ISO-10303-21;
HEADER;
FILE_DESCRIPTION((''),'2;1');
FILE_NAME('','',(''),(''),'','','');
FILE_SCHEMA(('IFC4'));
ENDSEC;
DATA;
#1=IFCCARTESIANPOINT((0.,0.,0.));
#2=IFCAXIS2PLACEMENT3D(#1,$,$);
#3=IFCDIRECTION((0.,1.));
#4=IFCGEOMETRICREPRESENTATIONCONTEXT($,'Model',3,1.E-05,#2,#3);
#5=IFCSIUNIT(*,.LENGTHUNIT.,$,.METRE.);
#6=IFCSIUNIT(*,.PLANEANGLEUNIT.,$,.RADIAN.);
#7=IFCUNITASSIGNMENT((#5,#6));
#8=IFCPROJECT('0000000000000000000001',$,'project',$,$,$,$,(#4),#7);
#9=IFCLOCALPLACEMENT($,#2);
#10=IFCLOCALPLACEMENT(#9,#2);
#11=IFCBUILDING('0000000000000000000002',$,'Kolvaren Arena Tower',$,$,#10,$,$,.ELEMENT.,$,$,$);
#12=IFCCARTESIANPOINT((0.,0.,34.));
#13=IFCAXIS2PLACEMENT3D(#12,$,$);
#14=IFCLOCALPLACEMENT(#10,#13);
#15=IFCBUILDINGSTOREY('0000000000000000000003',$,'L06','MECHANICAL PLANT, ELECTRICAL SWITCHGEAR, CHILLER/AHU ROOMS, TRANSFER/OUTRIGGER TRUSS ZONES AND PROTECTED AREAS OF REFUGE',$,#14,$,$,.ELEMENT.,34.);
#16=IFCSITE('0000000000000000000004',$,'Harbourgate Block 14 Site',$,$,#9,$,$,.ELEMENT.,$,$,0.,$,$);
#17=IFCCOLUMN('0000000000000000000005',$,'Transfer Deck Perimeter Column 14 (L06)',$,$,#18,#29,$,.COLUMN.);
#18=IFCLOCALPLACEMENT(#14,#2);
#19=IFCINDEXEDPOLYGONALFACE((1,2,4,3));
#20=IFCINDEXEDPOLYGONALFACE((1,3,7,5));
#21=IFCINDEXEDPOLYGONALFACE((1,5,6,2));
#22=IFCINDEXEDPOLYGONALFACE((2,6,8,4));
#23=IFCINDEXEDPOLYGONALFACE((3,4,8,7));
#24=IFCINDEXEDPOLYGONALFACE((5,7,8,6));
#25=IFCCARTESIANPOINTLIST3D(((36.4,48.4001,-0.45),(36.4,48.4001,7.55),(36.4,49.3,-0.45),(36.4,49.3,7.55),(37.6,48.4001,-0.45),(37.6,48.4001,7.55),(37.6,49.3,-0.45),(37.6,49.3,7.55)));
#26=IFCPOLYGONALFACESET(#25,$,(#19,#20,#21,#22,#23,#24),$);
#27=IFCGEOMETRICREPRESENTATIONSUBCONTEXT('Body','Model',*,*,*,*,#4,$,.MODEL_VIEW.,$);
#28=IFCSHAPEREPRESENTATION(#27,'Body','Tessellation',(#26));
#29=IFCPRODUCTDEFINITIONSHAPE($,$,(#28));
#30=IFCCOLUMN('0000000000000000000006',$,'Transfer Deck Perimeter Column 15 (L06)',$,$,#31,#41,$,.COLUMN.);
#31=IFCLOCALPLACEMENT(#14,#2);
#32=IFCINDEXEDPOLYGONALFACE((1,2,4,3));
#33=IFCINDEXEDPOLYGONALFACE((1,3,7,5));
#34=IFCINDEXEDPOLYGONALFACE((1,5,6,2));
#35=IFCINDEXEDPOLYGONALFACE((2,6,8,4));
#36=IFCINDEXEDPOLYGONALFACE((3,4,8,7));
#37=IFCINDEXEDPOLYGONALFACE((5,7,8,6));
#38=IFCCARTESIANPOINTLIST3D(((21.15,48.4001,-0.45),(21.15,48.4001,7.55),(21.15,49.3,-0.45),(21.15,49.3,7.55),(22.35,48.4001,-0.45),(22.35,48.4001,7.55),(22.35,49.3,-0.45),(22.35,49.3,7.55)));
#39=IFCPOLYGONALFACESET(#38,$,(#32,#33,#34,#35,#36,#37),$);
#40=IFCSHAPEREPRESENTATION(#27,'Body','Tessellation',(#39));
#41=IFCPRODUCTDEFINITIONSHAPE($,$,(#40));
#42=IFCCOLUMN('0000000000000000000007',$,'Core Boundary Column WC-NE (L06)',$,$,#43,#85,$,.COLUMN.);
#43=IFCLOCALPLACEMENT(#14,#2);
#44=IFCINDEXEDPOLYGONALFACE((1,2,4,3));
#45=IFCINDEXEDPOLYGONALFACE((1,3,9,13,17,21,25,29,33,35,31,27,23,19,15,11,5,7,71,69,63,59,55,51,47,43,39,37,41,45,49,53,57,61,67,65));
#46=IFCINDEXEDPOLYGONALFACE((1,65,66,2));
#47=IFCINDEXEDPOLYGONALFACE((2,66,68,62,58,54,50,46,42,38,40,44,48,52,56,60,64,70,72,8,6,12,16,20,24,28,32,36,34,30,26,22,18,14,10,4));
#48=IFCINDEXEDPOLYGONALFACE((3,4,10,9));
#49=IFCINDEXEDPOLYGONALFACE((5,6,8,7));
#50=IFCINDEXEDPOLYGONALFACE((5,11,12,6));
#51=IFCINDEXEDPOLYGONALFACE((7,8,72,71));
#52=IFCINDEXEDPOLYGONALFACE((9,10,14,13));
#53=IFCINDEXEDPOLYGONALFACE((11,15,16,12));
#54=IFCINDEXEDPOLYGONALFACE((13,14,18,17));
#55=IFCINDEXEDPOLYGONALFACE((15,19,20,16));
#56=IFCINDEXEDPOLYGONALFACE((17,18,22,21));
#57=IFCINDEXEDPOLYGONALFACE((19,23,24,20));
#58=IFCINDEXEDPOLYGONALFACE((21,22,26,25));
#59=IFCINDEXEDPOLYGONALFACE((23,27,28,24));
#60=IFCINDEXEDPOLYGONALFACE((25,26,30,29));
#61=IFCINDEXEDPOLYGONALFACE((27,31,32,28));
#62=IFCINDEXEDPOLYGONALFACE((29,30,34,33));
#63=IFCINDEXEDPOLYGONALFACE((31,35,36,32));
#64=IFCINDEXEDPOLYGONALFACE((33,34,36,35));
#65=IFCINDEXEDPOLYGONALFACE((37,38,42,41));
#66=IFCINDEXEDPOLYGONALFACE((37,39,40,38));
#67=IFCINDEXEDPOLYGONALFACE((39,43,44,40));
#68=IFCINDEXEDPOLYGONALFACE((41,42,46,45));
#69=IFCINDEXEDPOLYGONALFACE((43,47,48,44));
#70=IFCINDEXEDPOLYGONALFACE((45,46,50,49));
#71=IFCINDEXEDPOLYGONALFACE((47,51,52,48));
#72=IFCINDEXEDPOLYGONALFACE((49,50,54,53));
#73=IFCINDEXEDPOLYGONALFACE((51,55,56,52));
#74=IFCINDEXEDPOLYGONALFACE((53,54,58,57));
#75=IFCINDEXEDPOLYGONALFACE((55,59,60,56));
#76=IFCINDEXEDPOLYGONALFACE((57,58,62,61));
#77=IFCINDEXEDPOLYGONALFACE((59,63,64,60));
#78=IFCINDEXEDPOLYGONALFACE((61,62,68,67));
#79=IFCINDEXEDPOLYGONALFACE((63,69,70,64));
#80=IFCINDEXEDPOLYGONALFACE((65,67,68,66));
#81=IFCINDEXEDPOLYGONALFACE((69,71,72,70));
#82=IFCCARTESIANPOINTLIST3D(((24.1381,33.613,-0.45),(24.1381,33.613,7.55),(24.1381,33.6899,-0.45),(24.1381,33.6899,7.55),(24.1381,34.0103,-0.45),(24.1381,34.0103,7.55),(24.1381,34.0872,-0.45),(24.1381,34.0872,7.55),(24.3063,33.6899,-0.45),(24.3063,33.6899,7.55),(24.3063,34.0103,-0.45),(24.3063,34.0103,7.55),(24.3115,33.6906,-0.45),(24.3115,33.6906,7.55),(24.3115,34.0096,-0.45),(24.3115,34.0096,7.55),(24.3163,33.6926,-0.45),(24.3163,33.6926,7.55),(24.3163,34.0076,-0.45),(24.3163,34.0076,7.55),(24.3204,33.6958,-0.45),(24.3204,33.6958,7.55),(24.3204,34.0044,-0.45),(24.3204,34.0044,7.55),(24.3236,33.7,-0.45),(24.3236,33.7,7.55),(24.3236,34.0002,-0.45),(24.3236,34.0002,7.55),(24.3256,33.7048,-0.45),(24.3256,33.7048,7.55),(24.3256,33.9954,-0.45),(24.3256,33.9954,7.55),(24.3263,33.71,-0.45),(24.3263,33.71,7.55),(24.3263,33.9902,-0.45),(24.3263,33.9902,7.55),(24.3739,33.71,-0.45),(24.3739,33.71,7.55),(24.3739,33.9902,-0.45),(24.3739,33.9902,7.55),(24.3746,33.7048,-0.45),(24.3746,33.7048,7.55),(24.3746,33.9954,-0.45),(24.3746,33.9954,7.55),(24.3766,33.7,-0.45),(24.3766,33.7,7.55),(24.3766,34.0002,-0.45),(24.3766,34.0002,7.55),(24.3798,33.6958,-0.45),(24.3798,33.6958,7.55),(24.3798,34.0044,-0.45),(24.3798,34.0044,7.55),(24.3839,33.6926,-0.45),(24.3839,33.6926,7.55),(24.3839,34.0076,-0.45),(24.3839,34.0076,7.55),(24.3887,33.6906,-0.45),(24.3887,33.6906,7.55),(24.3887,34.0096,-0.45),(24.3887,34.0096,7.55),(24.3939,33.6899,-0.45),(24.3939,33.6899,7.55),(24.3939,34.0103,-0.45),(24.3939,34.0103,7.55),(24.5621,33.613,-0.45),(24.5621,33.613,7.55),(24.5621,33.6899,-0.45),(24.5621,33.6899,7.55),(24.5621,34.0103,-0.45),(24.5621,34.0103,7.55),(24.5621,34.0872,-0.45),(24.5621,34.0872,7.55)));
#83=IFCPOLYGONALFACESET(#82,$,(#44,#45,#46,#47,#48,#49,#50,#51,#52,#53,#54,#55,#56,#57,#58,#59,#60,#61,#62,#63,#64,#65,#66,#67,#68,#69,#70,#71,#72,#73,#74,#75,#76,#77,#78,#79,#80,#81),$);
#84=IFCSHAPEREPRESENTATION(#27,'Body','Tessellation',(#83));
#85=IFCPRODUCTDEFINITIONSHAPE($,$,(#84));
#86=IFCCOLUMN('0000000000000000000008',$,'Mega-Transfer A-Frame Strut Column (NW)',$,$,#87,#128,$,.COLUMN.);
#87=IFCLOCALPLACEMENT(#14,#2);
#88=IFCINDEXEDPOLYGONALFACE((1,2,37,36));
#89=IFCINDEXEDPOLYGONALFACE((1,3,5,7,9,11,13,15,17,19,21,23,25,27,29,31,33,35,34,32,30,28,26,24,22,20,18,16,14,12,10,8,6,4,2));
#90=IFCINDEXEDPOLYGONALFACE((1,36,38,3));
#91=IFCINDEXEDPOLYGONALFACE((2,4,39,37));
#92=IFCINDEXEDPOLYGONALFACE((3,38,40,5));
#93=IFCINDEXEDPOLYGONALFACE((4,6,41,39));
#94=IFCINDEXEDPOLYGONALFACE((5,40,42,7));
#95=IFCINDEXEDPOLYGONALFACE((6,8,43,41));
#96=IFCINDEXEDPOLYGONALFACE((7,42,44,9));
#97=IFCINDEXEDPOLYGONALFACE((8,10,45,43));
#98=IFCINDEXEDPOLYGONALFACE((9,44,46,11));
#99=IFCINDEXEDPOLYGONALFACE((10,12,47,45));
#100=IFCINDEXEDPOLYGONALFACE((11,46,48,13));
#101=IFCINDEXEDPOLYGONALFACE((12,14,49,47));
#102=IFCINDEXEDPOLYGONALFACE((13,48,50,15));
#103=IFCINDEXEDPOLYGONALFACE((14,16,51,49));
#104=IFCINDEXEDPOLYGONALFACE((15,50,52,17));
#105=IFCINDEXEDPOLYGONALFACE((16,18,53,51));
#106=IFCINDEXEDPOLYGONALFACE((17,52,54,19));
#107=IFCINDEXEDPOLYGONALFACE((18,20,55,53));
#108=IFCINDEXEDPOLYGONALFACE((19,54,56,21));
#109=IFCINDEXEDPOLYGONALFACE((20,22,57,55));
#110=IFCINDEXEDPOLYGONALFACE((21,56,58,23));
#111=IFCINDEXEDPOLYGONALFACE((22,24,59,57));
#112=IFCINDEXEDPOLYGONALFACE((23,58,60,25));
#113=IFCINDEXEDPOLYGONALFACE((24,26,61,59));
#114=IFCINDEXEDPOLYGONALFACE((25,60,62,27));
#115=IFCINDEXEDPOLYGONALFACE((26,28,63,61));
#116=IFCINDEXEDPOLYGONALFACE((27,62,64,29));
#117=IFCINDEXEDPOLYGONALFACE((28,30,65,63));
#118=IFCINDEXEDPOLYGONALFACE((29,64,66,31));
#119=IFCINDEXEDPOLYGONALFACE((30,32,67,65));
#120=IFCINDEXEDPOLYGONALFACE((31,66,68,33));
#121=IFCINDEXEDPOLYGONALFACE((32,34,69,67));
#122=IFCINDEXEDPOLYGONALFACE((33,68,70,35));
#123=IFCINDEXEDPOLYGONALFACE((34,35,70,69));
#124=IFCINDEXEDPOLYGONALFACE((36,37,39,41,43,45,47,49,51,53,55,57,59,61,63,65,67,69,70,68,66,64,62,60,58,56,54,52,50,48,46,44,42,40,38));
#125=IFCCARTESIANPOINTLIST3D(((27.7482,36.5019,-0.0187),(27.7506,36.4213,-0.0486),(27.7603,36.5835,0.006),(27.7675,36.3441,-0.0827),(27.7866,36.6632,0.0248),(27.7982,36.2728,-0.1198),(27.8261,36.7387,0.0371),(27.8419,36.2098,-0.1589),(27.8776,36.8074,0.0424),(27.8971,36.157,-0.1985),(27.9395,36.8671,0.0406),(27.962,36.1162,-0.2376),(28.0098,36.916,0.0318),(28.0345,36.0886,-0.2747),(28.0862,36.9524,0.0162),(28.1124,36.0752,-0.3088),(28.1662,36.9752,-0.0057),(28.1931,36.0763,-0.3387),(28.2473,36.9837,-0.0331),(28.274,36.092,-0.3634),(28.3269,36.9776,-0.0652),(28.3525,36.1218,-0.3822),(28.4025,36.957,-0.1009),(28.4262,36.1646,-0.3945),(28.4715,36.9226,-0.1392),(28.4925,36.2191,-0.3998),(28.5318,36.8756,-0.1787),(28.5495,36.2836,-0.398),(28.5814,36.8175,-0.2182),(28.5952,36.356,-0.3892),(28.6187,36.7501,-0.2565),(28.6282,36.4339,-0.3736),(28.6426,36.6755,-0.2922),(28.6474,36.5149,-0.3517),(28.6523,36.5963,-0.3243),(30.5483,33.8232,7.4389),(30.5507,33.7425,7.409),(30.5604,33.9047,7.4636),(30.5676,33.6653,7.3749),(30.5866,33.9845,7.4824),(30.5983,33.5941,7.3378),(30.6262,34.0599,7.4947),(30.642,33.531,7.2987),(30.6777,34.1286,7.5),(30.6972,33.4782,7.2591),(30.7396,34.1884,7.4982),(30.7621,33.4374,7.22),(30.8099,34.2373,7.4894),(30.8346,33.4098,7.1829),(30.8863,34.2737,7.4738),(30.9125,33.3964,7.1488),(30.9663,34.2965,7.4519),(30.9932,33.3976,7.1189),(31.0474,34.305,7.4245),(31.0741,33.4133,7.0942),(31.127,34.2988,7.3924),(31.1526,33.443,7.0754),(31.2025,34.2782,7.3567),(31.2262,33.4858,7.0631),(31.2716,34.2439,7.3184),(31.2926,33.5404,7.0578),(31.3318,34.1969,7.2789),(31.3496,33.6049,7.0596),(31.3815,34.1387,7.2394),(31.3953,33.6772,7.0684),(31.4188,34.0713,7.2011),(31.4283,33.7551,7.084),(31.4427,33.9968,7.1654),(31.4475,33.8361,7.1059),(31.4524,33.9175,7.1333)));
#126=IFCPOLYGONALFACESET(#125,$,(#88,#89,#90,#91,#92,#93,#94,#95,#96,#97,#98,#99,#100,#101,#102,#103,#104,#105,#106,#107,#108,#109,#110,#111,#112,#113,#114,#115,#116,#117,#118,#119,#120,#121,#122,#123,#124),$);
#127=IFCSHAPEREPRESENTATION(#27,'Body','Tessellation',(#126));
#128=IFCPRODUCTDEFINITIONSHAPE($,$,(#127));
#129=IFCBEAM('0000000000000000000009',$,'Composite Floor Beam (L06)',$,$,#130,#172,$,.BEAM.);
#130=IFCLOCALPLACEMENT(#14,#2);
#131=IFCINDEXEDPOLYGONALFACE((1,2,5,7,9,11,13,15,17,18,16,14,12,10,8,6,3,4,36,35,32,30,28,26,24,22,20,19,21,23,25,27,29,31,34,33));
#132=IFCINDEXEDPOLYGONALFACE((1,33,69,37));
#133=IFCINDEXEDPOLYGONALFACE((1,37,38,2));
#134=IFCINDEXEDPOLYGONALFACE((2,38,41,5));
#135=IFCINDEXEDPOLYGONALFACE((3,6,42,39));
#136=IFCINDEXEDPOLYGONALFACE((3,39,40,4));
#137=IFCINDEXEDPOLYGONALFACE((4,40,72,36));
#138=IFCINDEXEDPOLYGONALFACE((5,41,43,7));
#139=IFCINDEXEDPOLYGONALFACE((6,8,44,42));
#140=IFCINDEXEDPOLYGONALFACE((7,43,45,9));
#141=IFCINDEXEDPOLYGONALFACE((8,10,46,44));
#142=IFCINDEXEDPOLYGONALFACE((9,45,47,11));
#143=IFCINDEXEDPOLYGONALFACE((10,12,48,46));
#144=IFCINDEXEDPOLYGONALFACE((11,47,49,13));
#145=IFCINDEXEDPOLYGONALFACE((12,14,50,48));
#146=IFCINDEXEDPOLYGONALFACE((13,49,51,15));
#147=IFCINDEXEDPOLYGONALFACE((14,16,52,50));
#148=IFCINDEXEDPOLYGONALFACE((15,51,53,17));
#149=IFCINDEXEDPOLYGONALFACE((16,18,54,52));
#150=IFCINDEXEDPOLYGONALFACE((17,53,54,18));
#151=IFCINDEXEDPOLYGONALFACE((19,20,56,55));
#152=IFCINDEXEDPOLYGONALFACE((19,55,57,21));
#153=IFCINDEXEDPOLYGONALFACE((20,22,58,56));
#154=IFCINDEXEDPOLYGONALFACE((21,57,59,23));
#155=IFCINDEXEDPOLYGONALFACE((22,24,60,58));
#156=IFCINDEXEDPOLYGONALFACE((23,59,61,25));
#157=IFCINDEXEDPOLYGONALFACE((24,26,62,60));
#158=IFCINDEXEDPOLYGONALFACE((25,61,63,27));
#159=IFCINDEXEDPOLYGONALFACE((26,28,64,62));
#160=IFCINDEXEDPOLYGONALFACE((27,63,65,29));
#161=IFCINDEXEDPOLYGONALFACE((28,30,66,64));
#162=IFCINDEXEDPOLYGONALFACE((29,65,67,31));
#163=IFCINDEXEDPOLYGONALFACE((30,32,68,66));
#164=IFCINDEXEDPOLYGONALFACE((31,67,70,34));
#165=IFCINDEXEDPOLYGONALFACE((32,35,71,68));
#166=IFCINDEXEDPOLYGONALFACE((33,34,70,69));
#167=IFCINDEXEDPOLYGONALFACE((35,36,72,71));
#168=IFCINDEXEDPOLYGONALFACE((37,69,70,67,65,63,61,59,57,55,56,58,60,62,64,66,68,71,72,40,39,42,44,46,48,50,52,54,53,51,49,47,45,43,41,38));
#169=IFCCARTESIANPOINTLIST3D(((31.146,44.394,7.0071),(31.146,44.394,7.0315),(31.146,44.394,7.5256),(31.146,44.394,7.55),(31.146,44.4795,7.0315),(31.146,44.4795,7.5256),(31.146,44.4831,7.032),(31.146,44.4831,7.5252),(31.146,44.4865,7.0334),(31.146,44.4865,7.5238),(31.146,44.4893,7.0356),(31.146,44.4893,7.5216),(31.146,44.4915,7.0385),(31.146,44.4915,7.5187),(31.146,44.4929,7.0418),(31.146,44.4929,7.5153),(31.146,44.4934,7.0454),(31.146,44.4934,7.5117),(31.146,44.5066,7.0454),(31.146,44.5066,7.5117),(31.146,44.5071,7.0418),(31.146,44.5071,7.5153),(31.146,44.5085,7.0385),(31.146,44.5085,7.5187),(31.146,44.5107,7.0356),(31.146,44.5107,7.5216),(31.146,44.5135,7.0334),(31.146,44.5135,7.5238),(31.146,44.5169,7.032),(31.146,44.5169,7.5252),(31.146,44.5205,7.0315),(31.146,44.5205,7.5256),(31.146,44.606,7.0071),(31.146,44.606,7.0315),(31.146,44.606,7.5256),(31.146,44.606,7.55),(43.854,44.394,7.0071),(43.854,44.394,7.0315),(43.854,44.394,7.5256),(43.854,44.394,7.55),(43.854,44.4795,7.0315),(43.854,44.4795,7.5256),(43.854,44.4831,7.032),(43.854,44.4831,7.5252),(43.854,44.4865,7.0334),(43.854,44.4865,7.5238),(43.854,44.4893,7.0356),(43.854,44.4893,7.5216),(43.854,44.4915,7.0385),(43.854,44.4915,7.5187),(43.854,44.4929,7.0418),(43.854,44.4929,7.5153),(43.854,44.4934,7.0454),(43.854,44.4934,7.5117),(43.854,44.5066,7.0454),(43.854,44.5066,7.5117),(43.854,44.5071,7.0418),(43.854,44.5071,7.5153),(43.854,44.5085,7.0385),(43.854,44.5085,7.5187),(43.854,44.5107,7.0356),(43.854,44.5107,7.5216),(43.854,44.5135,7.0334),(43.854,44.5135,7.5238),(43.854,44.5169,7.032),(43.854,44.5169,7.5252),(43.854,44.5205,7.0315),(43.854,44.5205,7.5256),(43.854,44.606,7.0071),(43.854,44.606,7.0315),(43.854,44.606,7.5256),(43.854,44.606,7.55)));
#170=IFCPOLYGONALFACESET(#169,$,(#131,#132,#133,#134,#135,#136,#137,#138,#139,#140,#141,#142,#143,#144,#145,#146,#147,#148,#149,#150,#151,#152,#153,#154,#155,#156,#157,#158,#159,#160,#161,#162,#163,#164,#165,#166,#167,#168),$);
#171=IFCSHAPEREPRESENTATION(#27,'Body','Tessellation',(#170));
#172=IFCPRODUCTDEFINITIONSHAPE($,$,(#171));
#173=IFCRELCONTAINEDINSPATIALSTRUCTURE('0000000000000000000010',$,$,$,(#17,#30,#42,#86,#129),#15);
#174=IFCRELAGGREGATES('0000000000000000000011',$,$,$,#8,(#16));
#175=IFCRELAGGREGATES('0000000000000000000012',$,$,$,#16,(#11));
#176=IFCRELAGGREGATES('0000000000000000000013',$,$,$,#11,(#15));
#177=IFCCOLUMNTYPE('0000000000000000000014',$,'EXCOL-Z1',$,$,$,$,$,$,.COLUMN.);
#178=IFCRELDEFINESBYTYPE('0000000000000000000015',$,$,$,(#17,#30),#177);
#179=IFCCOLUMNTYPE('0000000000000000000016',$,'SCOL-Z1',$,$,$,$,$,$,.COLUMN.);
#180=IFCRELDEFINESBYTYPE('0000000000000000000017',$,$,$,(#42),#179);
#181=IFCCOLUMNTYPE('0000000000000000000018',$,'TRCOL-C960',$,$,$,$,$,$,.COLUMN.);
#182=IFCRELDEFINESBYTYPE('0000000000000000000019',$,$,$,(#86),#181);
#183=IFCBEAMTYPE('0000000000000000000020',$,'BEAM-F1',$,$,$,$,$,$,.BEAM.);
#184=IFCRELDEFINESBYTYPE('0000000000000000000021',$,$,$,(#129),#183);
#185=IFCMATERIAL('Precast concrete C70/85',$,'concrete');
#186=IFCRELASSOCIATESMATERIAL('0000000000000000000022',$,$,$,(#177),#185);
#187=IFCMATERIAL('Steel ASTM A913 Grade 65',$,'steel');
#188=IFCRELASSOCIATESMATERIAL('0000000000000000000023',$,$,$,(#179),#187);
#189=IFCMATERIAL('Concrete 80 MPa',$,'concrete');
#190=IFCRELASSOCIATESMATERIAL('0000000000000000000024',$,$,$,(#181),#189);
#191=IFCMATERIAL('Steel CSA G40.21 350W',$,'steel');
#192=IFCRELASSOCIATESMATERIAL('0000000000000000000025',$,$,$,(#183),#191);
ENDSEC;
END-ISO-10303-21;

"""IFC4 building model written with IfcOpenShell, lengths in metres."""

from ifc_helpers import new_model, si_unit, direction, frame, origin, origin_2d, place, context, subcontext, project, spatial, rectangle, circle, i_section, extrude, material, material_profile, profile_set, type_object, element, save


model = new_model("IFC4")

# Units and contexts
model_context = context("Model", 3, precision=1e-05, world=origin(), true_north=direction((0.0, 1.0)))
body_context = subcontext(model_context, "Body", "Model", "MODEL_VIEW")
ifc_project = project(units=[si_unit("LENGTHUNIT", "METRE"), si_unit("PLANEANGLEUNIT", "RADIAN")], contexts=[model_context])

# Site, building, storey
site_placement = place(None, origin())
site = spatial("IfcSite", under=ifc_project, at=site_placement, Name="Harbourgate Block 14 Site", CompositionType="ELEMENT", RefElevation=0.0)
building_placement = place(site_placement, origin())
building = spatial("IfcBuilding", under=site, at=building_placement, Name="Kolvaren Arena Tower", CompositionType="ELEMENT")
storey_placement = place(building_placement, frame((0.0, 0.0, 34.0)))
storey = spatial("IfcBuildingStorey", under=building, at=storey_placement, Name="L06", Description="MECHANICAL PLANT, ELECTRICAL SWITCHGEAR, CHILLER/AHU ROOMS, TRANSFER/OUTRIGGER TRUSS ZONES AND PROTECTED AREAS OF REFUGE", CompositionType="ELEMENT", Elevation=34.0)

# Columns
ifc_material_1 = material(Name="Precast concrete C70/85", Category="concrete")
ifc_material_profile_1 = material_profile(ifc_material_1, rectangle(XDim=1.2, YDim=0.8999, at=origin_2d()), Name="RC-1200x900")
ifc_profile_set_1 = profile_set([ifc_material_profile_1], Name="Precast concrete C70/85")
column_type_1 = type_object("IfcColumnType", Name="EXCOL-Z1", PredefinedType="COLUMN", material=ifc_profile_set_1)
for number, where, z_axis, x_axis, name in (
    (1, (37.0, 48.8501, -0.45), (0.0, 0.0, 1.0), (1.0, 0.0, 0.0), "Transfer Deck Perimeter Column 14 (L06)"),
    (2, (21.75, 48.8501, -0.45), (0.0, 0.0, 1.0), (1.0, 0.0, 0.0), "Transfer Deck Perimeter Column 15 (L06)"),
):
    element("IfcColumn", number, at=place(storey_placement, frame(where, z_axis=z_axis, x_axis=x_axis)), inside=storey, type_object=column_type_1, Name=name, PredefinedType="COLUMN", context=body_context, shape_type="SweptSolid", body=[
        extrude(rectangle(XDim=1.2, YDim=0.8999, at=origin_2d()), origin(), (0.0, 0.0, 1.0), 8.0),
    ])
ifc_material_2 = material(Name="Steel ASTM A913 Grade 65", Category="steel")
ifc_material_profile_2 = material_profile(ifc_material_2, i_section(OverallWidth=0.4241, OverallDepth=0.4741, WebThickness=0.0476, FlangeThickness=0.0769, FilletRadius=0.02, at=origin_2d()), Name="W360x634")
ifc_profile_set_2 = profile_set([ifc_material_profile_2], Name="Steel ASTM A913 Grade 65")
column_type_2 = type_object("IfcColumnType", Name="SCOL-Z1", PredefinedType="COLUMN", material=ifc_profile_set_2)
column_1_placement = place(storey_placement, frame((24.3501, 33.8501, -0.45), z_axis=(0.0, 0.0, 1.0), x_axis=(1.0, 0.0, 0.0)))
element("IfcColumn", 3, at=column_1_placement, inside=storey, type_object=column_type_2, Name="Core Boundary Column WC-NE (L06)", PredefinedType="COLUMN", context=body_context, shape_type="SweptSolid", body=[
    extrude(i_section(OverallWidth=0.4241, OverallDepth=0.4741, WebThickness=0.0476, FlangeThickness=0.0769, FilletRadius=0.02, at=origin_2d()), origin(), (0.0, 0.0, 1.0), 8.0),
])
ifc_material_3 = material(Name="Concrete 80 MPa", Category="concrete")
ifc_material_profile_3 = material_profile(ifc_material_3, circle(Radius=0.48, at=origin_2d()), Name="RC-CIRC-960")
ifc_profile_set_3 = profile_set([ifc_material_profile_3], Name="Concrete 80 MPa")
column_type_3 = type_object("IfcColumnType", Name="TRCOL-C960", PredefinedType="COLUMN", material=ifc_profile_set_3)
column_2_placement = place(storey_placement, frame((28.2, 36.5288, -0.1787), z_axis=(0.333173, -0.318735, 0.887358), x_axis=(0.691277, 0.72259, 0.0)))
element("IfcColumn", 4, at=column_2_placement, inside=storey, type_object=column_type_3, Name="Mega-Transfer A-Frame Strut Column (NW)", PredefinedType="COLUMN", context=body_context, shape_type="SweptSolid", body=[
    extrude(circle(Radius=0.48, at=origin_2d()), origin(), (0.0, 0.0, 1.0), 8.4043),
])

# Beam
ifc_material_4 = material(Name="Steel CSA G40.21 350W", Category="steel")
ifc_material_profile_4 = material_profile(ifc_material_4, i_section(OverallWidth=0.2119, OverallDepth=0.543, WebThickness=0.0132, FlangeThickness=0.0244, FilletRadius=0.0139, at=origin_2d()), Name="W530x150")
ifc_profile_set_4 = profile_set([ifc_material_profile_4], Name="Steel CSA G40.21 350W")
beam_type_1 = type_object("IfcBeamType", Name="BEAM-F1", PredefinedType="BEAM", material=ifc_profile_set_4)
beam_1_placement = place(storey_placement, frame((31.146, 44.5, 7.2786), z_axis=(1.0, 0.0, 0.0), x_axis=(0.0, 1.0, 0.0)))
element("IfcBeam", 5, at=beam_1_placement, inside=storey, type_object=beam_type_1, Name="Composite Floor Beam (L06)", PredefinedType="BEAM", context=body_context, shape_type="SweptSolid", body=[
    extrude(i_section(OverallWidth=0.2119, OverallDepth=0.543, WebThickness=0.0132, FlangeThickness=0.0244, FilletRadius=0.0139, at=origin_2d()), origin(), (0.0, 0.0, 1.0), 12.708),
])

save(model, "model.ifc")
